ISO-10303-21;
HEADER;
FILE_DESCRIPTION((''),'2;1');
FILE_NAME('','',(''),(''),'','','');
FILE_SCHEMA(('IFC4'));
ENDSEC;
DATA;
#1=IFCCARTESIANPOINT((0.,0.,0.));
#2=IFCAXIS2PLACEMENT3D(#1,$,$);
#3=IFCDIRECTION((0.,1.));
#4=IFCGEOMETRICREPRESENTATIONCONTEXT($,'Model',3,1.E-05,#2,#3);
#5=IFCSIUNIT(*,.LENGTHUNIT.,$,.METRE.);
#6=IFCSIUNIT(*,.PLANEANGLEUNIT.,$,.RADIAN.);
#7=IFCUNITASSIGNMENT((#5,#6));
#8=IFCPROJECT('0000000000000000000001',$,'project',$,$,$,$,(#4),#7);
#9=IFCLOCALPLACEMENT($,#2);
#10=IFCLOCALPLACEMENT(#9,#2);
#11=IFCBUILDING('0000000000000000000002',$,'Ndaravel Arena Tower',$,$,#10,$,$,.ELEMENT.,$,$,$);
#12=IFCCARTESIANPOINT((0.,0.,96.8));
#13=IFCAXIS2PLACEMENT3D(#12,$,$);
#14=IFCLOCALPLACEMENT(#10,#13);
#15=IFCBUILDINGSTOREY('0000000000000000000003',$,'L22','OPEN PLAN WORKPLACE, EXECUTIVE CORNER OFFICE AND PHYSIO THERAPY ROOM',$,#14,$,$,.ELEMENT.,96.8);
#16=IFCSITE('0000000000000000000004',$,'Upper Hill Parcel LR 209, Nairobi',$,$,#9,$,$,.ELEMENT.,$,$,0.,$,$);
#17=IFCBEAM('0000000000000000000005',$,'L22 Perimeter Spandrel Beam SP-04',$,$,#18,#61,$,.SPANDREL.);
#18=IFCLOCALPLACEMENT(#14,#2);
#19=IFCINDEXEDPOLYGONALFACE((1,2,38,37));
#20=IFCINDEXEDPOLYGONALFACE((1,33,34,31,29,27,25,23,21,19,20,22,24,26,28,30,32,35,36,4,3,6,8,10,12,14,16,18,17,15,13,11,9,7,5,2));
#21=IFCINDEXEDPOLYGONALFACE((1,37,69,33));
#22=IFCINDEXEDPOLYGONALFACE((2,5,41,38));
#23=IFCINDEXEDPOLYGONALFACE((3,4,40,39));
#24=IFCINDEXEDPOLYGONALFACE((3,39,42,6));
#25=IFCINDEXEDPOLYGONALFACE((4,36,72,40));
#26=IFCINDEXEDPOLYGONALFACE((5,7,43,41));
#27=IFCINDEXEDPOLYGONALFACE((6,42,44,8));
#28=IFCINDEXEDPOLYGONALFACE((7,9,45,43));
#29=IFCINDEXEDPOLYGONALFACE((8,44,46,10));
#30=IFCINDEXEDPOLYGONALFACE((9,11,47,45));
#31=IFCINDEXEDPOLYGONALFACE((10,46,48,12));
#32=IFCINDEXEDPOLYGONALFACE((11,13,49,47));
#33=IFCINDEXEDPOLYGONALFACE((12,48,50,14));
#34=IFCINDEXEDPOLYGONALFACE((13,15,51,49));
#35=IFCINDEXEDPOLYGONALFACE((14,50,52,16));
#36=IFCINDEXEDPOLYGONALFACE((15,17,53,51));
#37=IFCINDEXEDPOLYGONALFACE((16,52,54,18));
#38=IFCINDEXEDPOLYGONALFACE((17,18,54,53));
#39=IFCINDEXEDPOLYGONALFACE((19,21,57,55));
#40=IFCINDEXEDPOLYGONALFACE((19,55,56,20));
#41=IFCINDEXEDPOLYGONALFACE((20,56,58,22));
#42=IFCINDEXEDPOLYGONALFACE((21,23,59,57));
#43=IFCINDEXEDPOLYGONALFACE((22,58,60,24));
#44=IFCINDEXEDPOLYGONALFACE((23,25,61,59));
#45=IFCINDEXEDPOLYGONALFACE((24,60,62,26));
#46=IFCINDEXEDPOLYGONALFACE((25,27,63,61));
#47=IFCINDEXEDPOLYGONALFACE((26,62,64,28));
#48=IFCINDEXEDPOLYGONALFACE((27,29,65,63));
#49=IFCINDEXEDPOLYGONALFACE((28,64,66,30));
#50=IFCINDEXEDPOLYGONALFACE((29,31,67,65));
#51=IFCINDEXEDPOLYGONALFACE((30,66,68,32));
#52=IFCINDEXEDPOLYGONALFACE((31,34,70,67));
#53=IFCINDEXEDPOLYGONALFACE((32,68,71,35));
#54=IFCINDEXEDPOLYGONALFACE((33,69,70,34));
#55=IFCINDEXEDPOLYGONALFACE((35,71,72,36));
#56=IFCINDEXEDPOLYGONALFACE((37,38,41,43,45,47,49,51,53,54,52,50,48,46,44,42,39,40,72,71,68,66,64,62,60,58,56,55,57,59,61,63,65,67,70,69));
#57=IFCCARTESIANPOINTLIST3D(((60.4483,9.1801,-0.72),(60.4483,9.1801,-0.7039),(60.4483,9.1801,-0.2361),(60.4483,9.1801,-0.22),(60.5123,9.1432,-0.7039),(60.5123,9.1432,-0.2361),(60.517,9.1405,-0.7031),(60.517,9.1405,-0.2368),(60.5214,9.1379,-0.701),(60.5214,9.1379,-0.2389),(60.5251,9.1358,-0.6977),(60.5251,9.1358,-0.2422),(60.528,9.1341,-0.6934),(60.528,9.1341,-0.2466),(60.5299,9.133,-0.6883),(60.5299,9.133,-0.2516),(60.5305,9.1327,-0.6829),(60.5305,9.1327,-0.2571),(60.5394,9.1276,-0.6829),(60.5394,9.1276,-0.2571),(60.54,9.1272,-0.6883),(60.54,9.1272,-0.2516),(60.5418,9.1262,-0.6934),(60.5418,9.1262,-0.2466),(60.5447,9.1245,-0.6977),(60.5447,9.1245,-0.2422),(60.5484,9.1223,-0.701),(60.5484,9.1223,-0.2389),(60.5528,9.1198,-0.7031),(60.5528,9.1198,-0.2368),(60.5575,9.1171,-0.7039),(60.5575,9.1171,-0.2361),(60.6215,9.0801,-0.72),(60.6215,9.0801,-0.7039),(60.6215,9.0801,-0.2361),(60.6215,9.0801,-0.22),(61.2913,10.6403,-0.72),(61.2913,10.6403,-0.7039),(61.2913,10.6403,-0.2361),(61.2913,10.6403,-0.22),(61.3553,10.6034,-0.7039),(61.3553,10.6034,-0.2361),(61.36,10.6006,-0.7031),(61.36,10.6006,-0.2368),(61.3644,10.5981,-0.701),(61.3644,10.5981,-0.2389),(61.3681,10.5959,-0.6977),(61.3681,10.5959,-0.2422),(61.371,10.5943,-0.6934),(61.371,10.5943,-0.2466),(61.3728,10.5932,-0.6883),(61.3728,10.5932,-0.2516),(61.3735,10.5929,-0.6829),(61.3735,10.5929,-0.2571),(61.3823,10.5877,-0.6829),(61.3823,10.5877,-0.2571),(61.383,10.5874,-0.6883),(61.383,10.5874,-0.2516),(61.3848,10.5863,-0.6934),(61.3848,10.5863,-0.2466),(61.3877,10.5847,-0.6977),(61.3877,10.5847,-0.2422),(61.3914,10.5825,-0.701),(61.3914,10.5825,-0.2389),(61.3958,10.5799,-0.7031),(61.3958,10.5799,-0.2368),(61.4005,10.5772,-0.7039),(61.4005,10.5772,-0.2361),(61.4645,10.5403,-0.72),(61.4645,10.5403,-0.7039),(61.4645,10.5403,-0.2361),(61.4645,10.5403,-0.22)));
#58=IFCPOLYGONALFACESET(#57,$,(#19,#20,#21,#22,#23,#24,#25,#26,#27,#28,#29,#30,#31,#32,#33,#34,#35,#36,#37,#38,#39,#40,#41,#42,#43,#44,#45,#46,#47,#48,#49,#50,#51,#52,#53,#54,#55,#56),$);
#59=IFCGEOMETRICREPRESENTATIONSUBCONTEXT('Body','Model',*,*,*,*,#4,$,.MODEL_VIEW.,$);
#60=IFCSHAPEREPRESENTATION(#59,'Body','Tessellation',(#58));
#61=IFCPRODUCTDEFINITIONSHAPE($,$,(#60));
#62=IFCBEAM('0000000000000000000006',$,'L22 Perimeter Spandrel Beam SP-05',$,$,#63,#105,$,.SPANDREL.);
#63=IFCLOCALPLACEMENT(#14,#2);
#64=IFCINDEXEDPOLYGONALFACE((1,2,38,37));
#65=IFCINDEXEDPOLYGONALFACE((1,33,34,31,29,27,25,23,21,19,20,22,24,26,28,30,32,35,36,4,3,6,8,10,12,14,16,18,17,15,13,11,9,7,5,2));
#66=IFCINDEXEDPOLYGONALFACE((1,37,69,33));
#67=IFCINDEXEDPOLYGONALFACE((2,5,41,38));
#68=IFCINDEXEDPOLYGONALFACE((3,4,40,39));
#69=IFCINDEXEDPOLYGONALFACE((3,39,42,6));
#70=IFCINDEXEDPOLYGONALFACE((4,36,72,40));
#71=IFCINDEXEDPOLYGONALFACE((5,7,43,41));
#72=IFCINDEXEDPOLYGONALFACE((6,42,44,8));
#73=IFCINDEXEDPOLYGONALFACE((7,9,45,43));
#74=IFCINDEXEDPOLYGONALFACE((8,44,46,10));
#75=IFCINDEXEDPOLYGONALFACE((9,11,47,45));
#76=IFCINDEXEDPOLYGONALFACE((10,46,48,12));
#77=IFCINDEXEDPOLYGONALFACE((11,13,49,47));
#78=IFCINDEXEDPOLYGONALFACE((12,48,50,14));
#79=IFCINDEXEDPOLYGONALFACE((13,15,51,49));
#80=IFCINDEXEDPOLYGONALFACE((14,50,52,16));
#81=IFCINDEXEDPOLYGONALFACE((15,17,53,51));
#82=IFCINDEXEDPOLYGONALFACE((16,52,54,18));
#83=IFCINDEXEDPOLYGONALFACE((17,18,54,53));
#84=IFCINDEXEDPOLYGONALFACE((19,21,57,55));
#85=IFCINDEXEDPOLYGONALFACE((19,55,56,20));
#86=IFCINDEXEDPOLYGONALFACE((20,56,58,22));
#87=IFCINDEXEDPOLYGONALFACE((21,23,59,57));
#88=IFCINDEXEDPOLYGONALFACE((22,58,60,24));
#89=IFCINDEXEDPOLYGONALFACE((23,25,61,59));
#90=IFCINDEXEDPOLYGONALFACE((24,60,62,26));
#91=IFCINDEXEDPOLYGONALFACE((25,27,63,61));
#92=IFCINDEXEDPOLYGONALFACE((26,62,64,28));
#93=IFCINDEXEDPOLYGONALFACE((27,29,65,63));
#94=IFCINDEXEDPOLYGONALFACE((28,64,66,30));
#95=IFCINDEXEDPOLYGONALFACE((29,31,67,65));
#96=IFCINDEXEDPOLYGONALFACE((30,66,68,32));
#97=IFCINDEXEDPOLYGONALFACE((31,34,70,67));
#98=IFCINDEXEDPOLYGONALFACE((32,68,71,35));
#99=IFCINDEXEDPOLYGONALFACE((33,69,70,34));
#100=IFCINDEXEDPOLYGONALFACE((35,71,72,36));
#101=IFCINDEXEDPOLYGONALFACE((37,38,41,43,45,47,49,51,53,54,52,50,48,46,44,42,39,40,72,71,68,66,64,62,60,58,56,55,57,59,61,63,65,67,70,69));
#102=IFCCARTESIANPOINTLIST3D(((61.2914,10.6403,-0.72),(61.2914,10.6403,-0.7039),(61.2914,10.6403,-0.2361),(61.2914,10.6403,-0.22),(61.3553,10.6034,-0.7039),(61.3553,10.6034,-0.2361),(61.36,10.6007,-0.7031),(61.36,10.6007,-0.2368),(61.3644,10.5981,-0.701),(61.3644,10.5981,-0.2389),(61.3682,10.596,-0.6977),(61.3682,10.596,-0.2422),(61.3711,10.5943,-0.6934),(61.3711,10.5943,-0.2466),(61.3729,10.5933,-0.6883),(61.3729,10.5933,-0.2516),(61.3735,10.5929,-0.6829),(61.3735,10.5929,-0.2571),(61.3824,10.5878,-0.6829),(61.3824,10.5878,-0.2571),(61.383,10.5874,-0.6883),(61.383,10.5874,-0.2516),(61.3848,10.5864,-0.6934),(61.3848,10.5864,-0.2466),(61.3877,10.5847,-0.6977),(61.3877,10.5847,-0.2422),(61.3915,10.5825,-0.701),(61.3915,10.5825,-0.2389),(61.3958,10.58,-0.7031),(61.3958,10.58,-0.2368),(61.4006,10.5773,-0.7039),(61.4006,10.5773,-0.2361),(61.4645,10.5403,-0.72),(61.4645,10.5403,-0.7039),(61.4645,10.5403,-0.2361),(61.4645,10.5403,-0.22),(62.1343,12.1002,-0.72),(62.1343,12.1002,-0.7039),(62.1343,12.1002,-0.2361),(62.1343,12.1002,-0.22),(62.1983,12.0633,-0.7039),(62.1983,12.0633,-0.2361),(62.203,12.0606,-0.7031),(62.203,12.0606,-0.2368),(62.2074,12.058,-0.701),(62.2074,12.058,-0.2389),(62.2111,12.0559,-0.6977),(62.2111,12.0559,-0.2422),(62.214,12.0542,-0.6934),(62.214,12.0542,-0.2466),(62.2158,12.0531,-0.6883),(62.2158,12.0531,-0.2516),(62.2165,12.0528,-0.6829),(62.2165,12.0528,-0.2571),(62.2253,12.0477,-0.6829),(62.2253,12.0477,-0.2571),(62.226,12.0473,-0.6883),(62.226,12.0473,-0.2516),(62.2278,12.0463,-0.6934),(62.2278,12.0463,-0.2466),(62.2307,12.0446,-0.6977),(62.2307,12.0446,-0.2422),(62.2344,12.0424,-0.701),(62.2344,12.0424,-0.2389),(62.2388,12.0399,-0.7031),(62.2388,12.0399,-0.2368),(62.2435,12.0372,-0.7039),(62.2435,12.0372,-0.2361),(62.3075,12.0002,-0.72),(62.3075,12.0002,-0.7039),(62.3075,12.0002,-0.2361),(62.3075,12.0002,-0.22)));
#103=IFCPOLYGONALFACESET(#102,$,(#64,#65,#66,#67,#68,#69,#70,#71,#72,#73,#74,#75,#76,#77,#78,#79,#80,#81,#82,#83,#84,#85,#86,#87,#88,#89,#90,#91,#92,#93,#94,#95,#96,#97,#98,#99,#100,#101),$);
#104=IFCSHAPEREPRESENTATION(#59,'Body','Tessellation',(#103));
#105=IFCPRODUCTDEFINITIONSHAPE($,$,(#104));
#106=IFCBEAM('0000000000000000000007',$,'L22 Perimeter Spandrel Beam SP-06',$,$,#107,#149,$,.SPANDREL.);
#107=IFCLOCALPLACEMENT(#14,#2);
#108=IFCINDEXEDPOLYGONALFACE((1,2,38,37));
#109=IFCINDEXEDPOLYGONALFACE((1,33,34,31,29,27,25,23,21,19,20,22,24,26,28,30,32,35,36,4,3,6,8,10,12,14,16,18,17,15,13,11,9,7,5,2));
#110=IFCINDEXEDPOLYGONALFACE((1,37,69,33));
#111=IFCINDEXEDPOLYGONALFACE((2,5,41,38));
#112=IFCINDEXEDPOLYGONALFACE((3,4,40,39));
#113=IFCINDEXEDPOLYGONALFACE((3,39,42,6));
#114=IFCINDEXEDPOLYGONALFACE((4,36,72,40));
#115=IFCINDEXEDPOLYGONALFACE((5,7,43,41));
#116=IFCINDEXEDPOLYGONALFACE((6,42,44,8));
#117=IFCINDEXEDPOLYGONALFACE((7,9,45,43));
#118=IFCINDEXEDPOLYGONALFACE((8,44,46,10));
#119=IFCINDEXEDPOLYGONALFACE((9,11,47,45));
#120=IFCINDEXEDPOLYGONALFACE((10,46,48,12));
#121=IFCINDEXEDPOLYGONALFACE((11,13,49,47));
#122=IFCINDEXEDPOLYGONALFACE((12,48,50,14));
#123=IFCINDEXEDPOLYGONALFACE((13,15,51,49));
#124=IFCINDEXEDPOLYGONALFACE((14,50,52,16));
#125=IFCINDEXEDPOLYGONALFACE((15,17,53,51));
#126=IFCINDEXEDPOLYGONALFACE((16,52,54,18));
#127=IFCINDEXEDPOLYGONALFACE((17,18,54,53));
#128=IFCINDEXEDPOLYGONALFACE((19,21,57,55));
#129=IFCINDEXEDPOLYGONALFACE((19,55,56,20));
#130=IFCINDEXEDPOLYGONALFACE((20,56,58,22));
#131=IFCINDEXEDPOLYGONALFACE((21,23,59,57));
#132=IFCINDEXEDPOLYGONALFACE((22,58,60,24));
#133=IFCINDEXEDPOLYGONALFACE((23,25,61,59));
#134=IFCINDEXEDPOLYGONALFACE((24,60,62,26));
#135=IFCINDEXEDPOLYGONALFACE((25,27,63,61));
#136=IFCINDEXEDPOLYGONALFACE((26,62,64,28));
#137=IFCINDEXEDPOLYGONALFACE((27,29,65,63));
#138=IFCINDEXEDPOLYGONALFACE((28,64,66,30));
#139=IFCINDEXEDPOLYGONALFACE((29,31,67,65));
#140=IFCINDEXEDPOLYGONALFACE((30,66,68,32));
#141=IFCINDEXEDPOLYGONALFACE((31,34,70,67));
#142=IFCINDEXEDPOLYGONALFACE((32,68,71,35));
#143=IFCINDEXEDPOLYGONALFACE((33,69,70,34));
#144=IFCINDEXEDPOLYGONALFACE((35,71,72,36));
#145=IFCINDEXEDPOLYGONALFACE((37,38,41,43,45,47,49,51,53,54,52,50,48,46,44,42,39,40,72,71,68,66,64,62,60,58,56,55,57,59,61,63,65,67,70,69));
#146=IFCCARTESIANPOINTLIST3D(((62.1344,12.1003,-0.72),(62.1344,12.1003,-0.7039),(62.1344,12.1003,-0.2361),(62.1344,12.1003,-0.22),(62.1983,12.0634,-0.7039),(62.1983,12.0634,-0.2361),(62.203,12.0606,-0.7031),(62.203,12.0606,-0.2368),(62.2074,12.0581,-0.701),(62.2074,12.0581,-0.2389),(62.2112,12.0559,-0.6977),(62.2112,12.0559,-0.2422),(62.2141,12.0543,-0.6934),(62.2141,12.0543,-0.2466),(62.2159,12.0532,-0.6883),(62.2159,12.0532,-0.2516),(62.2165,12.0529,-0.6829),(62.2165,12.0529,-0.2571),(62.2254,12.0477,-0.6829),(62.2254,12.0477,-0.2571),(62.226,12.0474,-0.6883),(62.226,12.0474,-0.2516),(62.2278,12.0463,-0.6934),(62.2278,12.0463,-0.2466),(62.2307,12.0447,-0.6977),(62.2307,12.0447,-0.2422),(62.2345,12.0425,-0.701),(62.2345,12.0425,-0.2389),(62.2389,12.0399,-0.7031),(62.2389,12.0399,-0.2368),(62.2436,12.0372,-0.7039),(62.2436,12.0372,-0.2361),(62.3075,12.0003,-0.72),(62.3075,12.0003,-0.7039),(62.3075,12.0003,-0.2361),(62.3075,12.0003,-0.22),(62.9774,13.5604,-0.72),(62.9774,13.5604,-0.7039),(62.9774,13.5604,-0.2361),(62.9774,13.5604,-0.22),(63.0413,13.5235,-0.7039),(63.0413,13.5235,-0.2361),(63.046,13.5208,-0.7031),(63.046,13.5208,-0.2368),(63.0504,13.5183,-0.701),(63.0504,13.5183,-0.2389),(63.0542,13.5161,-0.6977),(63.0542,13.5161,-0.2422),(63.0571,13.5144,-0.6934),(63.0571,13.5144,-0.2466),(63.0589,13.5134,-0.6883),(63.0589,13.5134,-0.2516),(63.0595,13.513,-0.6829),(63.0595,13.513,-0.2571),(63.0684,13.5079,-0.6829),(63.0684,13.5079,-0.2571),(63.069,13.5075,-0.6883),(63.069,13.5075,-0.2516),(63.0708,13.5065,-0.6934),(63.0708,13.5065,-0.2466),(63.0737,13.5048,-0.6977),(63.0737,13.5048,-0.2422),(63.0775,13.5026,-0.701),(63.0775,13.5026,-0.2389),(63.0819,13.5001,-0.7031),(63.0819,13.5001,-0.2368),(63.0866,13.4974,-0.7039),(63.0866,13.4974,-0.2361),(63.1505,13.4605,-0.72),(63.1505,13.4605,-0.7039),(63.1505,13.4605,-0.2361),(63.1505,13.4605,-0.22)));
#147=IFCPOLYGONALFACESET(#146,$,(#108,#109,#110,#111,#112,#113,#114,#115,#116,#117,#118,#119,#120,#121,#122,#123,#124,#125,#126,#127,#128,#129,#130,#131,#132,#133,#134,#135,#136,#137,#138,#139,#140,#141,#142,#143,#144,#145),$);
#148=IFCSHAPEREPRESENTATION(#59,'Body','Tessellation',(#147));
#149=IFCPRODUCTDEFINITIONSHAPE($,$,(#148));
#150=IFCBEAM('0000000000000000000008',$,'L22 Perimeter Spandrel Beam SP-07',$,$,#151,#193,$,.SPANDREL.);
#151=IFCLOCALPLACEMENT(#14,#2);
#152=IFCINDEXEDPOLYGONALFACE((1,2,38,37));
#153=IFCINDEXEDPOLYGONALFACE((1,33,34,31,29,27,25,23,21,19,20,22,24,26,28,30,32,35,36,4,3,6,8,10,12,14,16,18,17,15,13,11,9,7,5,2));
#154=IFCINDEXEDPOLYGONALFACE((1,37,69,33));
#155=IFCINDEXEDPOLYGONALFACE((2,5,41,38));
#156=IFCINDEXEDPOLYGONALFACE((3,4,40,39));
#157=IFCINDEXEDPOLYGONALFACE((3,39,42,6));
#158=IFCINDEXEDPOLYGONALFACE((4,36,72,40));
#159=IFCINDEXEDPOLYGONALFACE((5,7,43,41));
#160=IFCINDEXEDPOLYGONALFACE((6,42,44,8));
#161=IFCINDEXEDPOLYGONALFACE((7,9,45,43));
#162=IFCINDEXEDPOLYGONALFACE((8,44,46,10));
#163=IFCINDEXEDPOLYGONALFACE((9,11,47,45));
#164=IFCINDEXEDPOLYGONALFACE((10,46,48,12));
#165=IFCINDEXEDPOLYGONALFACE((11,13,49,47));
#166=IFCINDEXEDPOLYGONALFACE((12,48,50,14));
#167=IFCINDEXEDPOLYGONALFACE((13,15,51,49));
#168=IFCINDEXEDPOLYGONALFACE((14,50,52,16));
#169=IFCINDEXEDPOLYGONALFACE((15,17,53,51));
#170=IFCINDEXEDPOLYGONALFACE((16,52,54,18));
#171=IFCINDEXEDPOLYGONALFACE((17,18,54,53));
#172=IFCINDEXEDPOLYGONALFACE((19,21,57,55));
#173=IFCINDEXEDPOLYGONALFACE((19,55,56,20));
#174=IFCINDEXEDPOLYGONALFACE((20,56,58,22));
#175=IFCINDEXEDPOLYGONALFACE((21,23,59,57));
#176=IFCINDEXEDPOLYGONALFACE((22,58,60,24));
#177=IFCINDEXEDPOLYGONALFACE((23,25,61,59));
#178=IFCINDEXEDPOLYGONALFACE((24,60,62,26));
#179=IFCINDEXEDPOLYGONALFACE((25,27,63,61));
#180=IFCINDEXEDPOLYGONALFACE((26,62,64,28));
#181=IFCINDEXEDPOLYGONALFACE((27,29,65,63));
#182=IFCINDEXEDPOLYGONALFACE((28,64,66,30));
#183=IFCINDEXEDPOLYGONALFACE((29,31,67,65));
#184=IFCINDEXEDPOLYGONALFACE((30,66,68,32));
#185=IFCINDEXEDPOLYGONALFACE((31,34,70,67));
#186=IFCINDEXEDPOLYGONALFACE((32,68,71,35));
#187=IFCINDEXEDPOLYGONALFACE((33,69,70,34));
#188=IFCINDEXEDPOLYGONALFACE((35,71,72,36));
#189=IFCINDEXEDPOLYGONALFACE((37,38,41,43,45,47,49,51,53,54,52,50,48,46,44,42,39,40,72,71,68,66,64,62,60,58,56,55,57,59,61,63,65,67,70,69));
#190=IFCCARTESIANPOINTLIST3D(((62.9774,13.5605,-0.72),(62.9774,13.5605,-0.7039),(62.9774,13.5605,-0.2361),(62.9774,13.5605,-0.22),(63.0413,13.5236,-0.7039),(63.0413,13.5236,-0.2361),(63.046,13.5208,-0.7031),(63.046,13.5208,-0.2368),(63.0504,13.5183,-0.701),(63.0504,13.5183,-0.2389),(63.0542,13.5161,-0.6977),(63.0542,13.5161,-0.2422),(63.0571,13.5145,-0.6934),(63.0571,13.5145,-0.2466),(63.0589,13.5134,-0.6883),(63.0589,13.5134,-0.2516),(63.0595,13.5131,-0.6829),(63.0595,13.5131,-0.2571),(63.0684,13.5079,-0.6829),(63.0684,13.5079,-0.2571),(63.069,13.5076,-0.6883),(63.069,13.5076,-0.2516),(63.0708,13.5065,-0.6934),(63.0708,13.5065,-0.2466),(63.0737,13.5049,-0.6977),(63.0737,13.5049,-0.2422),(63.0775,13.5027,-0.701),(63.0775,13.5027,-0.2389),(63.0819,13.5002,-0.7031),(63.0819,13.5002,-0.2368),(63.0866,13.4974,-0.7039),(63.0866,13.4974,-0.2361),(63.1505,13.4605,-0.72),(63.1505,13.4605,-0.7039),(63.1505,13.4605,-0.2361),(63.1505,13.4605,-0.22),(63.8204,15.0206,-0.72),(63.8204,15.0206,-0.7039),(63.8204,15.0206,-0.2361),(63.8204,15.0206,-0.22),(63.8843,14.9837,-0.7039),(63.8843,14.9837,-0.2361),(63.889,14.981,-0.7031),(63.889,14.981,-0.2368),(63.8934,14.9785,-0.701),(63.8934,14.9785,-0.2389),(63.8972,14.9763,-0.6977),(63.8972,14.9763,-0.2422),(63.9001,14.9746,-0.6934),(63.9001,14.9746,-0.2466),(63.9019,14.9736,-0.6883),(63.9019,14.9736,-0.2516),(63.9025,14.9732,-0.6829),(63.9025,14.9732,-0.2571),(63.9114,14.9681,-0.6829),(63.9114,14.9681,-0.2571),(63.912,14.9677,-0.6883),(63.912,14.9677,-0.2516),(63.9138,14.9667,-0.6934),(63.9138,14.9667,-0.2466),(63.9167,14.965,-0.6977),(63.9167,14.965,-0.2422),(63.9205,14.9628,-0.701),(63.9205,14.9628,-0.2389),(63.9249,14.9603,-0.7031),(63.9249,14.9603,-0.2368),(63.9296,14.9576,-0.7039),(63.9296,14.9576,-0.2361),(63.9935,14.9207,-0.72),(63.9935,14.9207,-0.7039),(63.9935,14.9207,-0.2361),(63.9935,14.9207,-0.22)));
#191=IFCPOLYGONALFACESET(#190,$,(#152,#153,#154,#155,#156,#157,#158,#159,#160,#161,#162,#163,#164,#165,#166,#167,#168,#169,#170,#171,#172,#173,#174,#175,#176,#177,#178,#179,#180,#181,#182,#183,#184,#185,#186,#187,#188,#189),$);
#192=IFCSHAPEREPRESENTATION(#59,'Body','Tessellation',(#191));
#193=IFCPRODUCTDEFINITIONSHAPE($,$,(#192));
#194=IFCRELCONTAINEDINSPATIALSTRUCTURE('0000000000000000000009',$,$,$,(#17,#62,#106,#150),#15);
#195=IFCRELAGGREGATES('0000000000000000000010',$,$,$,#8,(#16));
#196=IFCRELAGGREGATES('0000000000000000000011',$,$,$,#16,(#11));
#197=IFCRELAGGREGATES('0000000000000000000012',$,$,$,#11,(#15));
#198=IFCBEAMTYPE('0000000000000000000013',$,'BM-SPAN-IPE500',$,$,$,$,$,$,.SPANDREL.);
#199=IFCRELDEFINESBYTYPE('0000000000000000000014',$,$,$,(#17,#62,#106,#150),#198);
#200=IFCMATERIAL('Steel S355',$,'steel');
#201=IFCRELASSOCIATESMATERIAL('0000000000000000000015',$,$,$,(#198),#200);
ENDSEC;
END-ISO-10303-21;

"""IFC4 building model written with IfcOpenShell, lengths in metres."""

from ifc_helpers import new_model, si_unit, direction, frame, origin, origin_2d, place, context, subcontext, project, spatial, i_section, extrude, material, material_profile, profile_set, type_object, element, save


model = new_model("IFC4")

# Units and contexts
model_context = context("Model", 3, precision=1e-05, world=origin(), true_north=direction((0.0, 1.0)))
body_context = subcontext(model_context, "Body", "Model", "MODEL_VIEW")
ifc_project = project(units=[si_unit("LENGTHUNIT", "METRE"), si_unit("PLANEANGLEUNIT", "RADIAN")], contexts=[model_context])

# Site, building, storey
site_placement = place(None, origin())
site = spatial("IfcSite", under=ifc_project, at=site_placement, Name="Upper Hill Parcel LR 209, Nairobi", CompositionType="ELEMENT", RefElevation=0.0)
building_placement = place(site_placement, origin())
building = spatial("IfcBuilding", under=site, at=building_placement, Name="Ndaravel Arena Tower", CompositionType="ELEMENT")
storey_placement = place(building_placement, frame((0.0, 0.0, 96.8)))
storey = spatial("IfcBuildingStorey", under=building, at=storey_placement, Name="L22", Description="OPEN PLAN WORKPLACE, EXECUTIVE CORNER OFFICE AND PHYSIO THERAPY ROOM", CompositionType="ELEMENT", Elevation=96.8)

# Beams
ifc_material_1 = material(Name="Steel S355", Category="steel")
ifc_material_profile_1 = material_profile(ifc_material_1, i_section(OverallWidth=0.2, OverallDepth=0.5, WebThickness=0.0103, FlangeThickness=0.0161, FilletRadius=0.021, at=origin_2d()), Name="IPE 500")
ifc_profile_set_1 = profile_set([ifc_material_profile_1], Name="Steel S355")
beam_type = type_object("IfcBeamType", Name="BM-SPAN-IPE500", PredefinedType="SPANDREL", material=ifc_profile_set_1)
beam_1_placement = place(storey_placement, frame((60.5349, 9.1301, -0.47), z_axis=(0.499986, 0.866034, 0.0), x_axis=(-0.866034, 0.499986, 0.0)))
element("IfcBeam", 1, at=beam_1_placement, inside=storey, type_object=beam_type, Name="L22 Perimeter Spandrel Beam SP-04", PredefinedType="SPANDREL", context=body_context, shape_type="SweptSolid", body=[
    extrude(i_section(OverallWidth=0.2, OverallDepth=0.5, WebThickness=0.0103, FlangeThickness=0.0161, FilletRadius=0.021, at=origin_2d()), origin(), (0.0, 0.0, 1.0), 1.686),
])
beam_2_placement = place(storey_placement, frame((61.3779, 10.5903, -0.47), z_axis=(0.500048, 0.865997, 0.0), x_axis=(-0.865997, 0.500048, 0.0)))
element("IfcBeam", 2, at=beam_2_placement, inside=storey, type_object=beam_type, Name="L22 Perimeter Spandrel Beam SP-05", PredefinedType="SPANDREL", context=body_context, shape_type="SweptSolid", body=[
    extrude(i_section(OverallWidth=0.2, OverallDepth=0.5, WebThickness=0.0103, FlangeThickness=0.0161, FilletRadius=0.021, at=origin_2d()), origin(), (0.0, 0.0, 1.0), 1.6858),
])
for number, where, z_axis, x_axis, name in (
    (3, (62.2209, 12.0503, -0.47), (0.499986, 0.866034, 0.0), (-0.866034, 0.499986, 0.0), "L22 Perimeter Spandrel Beam SP-06"),
    (4, (63.064, 13.5105, -0.47), (0.499986, 0.866034, 0.0), (-0.866034, 0.499986, 0.0), "L22 Perimeter Spandrel Beam SP-07"),
):
    element("IfcBeam", number, at=place(storey_placement, frame(where, z_axis=z_axis, x_axis=x_axis)), inside=storey, type_object=beam_type, Name=name, PredefinedType="SPANDREL", context=body_context, shape_type="SweptSolid", body=[
        extrude(i_section(OverallWidth=0.2, OverallDepth=0.5, WebThickness=0.0103, FlangeThickness=0.0161, FilletRadius=0.021, at=origin_2d()), origin(), (0.0, 0.0, 1.0), 1.686),
    ])

save(model, "model.ifc")
